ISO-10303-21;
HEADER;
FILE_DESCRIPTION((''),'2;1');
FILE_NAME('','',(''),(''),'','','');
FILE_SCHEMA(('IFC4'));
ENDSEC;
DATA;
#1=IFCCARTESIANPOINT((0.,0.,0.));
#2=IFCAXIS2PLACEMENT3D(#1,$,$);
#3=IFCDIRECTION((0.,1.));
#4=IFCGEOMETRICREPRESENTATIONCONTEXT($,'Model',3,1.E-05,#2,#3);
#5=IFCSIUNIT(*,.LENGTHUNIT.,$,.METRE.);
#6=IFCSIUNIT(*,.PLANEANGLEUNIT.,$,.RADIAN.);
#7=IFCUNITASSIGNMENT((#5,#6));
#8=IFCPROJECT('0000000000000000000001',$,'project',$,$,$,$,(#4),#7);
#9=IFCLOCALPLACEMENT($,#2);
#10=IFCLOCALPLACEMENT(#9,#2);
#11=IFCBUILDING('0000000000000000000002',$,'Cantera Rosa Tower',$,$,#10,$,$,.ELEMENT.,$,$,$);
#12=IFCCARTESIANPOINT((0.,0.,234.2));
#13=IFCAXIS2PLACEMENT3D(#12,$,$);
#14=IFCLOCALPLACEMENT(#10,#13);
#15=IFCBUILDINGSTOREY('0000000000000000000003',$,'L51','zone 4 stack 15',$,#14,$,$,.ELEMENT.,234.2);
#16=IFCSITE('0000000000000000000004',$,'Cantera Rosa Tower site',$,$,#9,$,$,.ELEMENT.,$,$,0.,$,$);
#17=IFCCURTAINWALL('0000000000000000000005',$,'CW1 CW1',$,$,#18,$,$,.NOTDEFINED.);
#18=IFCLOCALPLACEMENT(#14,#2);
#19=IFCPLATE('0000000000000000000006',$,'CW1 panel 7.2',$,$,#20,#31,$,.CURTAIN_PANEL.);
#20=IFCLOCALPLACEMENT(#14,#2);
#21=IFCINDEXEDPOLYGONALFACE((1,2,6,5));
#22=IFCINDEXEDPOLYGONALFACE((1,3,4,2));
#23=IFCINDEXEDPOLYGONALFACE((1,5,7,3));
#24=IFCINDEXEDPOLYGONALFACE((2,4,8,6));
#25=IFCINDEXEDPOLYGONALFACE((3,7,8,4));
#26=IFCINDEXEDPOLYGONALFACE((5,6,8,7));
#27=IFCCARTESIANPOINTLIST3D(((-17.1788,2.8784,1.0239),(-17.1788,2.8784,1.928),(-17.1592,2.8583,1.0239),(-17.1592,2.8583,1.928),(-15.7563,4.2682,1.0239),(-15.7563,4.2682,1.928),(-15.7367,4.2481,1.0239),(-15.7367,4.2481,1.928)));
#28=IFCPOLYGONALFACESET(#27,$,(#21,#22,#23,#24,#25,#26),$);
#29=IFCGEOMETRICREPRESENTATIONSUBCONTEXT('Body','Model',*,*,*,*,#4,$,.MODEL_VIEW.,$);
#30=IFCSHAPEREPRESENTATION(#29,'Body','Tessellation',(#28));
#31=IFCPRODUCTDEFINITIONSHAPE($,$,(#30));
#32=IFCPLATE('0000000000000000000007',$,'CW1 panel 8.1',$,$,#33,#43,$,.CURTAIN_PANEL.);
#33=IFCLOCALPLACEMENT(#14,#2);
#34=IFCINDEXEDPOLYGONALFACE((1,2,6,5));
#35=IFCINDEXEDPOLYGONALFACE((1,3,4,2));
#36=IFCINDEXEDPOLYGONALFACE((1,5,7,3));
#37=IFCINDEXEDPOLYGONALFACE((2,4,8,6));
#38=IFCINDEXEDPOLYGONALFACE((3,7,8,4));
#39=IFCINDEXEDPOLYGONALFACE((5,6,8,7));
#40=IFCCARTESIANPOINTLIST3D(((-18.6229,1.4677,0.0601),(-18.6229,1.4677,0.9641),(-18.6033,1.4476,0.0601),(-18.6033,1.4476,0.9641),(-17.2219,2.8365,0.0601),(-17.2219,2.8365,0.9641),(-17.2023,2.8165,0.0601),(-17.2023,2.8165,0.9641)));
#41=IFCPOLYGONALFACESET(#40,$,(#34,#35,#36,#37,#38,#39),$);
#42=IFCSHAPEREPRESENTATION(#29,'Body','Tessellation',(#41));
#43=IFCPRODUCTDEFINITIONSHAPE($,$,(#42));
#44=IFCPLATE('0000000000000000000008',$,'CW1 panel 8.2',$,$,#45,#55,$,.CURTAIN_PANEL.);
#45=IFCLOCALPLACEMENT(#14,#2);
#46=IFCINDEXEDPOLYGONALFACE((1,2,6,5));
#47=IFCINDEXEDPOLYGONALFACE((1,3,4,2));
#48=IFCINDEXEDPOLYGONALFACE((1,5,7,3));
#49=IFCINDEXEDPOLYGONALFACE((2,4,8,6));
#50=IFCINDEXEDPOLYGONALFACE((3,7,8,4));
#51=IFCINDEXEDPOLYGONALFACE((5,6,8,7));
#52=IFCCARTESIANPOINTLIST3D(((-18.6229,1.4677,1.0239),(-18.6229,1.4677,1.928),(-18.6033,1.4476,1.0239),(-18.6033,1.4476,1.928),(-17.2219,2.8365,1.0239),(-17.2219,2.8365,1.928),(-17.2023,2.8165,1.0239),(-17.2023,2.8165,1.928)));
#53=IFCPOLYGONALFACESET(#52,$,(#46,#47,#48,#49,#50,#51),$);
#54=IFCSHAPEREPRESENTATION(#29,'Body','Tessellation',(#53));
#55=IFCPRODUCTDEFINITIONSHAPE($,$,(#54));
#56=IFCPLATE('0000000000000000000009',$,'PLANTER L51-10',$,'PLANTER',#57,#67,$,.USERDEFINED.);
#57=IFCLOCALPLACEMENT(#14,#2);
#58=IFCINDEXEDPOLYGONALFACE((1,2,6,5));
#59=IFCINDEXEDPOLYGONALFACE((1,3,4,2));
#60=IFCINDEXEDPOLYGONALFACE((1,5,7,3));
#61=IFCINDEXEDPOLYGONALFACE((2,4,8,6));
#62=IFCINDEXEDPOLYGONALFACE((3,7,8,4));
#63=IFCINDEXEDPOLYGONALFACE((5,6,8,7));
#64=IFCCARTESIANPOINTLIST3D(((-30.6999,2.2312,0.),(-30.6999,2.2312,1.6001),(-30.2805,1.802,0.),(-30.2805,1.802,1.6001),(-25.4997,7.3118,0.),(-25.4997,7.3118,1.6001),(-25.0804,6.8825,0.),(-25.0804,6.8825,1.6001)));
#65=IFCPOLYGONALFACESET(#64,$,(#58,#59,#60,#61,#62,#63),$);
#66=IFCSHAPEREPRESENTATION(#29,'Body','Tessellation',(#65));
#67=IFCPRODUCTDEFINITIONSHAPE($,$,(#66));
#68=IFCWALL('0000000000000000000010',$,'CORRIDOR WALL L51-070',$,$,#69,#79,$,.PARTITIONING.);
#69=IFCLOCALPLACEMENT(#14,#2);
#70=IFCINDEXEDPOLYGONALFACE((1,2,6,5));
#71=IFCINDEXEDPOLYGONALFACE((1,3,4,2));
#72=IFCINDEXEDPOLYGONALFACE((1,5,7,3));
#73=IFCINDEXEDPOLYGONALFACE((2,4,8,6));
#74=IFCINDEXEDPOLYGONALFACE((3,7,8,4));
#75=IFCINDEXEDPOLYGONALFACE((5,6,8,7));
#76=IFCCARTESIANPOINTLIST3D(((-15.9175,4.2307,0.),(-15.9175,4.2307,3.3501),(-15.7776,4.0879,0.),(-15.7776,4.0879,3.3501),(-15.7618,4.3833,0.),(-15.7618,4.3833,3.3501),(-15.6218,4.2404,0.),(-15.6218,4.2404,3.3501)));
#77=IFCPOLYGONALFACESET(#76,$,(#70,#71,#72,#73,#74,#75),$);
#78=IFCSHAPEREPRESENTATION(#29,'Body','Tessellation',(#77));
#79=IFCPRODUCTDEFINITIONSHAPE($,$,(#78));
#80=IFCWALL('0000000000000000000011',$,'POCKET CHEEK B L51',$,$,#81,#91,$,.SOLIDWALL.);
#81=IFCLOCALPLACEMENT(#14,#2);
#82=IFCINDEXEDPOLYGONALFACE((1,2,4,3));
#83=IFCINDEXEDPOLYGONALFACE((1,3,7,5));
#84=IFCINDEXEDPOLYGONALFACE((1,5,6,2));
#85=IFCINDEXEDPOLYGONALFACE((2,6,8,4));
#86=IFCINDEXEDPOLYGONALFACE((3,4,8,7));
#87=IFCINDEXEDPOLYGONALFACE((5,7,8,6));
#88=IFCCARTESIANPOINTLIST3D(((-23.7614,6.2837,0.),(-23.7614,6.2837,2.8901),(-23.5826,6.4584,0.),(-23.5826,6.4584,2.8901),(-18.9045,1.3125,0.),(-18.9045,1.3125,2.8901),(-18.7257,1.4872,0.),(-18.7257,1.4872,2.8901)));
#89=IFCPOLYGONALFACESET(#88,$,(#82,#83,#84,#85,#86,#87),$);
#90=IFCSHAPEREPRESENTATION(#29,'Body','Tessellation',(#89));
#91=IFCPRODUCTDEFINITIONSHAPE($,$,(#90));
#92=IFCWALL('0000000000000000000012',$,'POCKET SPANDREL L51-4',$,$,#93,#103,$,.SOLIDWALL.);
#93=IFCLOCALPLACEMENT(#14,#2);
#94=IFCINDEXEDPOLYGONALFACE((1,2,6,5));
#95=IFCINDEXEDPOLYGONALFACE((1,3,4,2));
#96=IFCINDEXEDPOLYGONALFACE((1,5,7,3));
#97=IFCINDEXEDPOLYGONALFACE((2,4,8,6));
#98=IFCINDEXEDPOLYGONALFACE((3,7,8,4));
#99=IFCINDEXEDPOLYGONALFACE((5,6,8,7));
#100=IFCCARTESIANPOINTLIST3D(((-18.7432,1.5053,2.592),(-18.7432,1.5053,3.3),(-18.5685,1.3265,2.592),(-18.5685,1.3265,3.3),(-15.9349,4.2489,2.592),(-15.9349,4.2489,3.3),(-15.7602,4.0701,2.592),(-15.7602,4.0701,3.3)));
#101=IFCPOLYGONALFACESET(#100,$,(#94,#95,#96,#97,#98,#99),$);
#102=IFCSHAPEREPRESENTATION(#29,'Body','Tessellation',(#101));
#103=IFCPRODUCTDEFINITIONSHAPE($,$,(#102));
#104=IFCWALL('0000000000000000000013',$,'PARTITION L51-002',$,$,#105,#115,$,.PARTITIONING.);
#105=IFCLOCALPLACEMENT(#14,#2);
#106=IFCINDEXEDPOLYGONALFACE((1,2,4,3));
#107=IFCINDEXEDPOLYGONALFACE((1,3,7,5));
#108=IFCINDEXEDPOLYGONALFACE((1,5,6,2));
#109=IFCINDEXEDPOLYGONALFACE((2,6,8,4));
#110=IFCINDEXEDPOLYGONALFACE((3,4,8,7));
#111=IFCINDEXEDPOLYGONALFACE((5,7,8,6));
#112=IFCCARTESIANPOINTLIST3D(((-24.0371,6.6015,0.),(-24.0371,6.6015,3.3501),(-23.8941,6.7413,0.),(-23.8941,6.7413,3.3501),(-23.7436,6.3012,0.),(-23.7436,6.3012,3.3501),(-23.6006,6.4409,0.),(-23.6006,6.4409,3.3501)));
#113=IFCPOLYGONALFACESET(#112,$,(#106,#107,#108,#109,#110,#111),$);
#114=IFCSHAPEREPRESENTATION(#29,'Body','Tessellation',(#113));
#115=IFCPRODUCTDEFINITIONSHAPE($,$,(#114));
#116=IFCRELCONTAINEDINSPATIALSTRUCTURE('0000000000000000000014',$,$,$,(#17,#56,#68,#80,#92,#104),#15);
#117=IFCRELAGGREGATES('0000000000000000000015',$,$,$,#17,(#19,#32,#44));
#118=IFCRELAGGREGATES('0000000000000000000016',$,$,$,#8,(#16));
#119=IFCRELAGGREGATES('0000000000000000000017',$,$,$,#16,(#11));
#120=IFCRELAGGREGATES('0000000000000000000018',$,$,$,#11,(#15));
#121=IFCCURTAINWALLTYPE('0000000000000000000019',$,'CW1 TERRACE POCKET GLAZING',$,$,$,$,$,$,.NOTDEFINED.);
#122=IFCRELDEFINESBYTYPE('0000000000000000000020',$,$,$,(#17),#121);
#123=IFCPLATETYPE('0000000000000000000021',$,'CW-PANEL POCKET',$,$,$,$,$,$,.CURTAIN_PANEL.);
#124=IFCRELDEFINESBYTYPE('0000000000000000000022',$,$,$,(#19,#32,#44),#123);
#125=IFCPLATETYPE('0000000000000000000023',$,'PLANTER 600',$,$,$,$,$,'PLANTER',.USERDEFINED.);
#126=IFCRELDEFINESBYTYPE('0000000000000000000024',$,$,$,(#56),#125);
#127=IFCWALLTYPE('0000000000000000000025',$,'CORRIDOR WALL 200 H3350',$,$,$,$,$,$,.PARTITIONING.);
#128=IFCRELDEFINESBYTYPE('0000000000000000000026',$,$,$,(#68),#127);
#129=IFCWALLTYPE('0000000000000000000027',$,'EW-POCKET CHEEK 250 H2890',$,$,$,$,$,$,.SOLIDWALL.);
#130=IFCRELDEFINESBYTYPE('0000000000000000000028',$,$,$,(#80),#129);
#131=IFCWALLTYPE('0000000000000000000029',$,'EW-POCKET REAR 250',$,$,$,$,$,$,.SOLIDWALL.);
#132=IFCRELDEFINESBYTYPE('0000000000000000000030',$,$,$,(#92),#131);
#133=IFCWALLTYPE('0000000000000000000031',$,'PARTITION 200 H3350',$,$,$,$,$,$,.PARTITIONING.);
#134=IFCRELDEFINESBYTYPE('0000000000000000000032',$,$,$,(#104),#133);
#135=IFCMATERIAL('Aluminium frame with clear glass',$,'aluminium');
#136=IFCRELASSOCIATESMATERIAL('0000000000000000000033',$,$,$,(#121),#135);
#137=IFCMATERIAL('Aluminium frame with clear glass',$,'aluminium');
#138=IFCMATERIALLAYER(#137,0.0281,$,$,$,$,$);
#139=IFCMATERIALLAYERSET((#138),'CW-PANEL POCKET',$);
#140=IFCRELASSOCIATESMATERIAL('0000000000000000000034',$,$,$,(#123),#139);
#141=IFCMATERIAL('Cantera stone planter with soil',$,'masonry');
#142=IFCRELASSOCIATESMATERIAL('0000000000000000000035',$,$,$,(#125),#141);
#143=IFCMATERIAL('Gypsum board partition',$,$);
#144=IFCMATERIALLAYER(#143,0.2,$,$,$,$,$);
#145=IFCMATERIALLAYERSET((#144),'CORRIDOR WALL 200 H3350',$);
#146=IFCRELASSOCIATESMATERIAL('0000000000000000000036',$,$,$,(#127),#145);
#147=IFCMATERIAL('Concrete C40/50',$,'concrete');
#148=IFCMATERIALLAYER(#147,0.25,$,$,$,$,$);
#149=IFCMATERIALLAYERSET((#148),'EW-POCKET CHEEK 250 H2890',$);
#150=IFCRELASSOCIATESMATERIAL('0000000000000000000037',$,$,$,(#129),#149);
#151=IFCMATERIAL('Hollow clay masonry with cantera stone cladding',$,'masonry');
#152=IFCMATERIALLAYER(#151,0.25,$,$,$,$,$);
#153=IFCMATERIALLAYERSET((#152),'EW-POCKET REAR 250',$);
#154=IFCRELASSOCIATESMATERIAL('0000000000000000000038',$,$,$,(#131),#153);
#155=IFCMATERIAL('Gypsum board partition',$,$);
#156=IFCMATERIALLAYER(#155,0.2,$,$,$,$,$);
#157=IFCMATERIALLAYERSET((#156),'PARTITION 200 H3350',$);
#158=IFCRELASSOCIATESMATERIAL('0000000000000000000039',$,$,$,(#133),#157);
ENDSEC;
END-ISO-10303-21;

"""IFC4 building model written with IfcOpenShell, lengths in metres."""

from ifc_helpers import new_model, si_unit, direction, frame, frame_2d, origin, origin_2d, place, context, subcontext, project, spatial, rectangle, extrude, material, layer, layer_set, type_object, element, aggregate, save


model = new_model("IFC4")

# Units and contexts
model_context = context("Model", 3, precision=1e-05, world=origin(), true_north=direction((0.0, 1.0)))
body_context = subcontext(model_context, "Body", "Model", "MODEL_VIEW")
ifc_project = project(units=[si_unit("LENGTHUNIT", "METRE"), si_unit("PLANEANGLEUNIT", "RADIAN")], contexts=[model_context])

# Site, building, storey
site_placement = place(None, origin())
site = spatial("IfcSite", under=ifc_project, at=site_placement, Name="Cantera Rosa Tower site", CompositionType="ELEMENT", RefElevation=0.0)
building_placement = place(site_placement, origin())
building = spatial("IfcBuilding", under=site, at=building_placement, Name="Cantera Rosa Tower", CompositionType="ELEMENT")
storey_placement = place(building_placement, frame((0.0, 0.0, 234.2)))
storey = spatial("IfcBuildingStorey", under=building, at=storey_placement, Name="L51", Description="zone 4 stack 15", CompositionType="ELEMENT", Elevation=234.2)

# Curtain wall
ifc_material_1 = material(Name="Aluminium frame with clear glass", Category="aluminium")
curtain_wall_type = type_object("IfcCurtainWallType", Name="CW1 TERRACE POCKET GLAZING", PredefinedType="NOTDEFINED", material=ifc_material_1)
curtain_wall_placement = place(storey_placement, origin())
curtain_wall = element("IfcCurtainWall", 1, at=curtain_wall_placement, inside=storey, type_object=curtain_wall_type, Name="CW1 CW1", PredefinedType="NOTDEFINED")

# Plates
ifc_material_2 = material(Name="Aluminium frame with clear glass", Category="aluminium")
ifc_layer_1 = layer(ifc_material_2, 0.0281)
ifc_layer_set_1 = layer_set([ifc_layer_1], Name="CW-PANEL POCKET")
plate_type_1 = type_object("IfcPlateType", Name="CW-PANEL POCKET", PredefinedType="CURTAIN_PANEL", material=ifc_layer_set_1)
plate_1_placement = place(storey_placement, frame((-16.4578, 3.5632, 1.0239), z_axis=(0.0, 0.0, 1.0), x_axis=(-0.715286, -0.698832, 0.0)))
plate_1 = element("IfcPlate", 2, at=plate_1_placement, type_object=plate_type_1, Name="CW1 panel 7.2", PredefinedType="CURTAIN_PANEL", context=body_context, shape_type="SweptSolid", body=[
    extrude(rectangle(XDim=1.9888, YDim=0.0281, at=origin_2d()), origin(), (0.0, 0.0, 1.0), 0.9041),
])
plate_2_placement = place(storey_placement, frame((-17.9126, 2.1421, 0.0601), z_axis=(0.0, 0.0, 1.0), x_axis=(-0.715286, -0.698832, 0.0)))
plate_2 = element("IfcPlate", 3, at=plate_2_placement, type_object=plate_type_1, Name="CW1 panel 8.1", PredefinedType="CURTAIN_PANEL", context=body_context, shape_type="SweptSolid", body=[
    extrude(rectangle(XDim=1.9587, YDim=0.0281, at=origin_2d()), origin(), (0.0, 0.0, 1.0), 0.9041),
])
plate_3_placement = place(storey_placement, frame((-17.9126, 2.1421, 1.0239), z_axis=(0.0, 0.0, 1.0), x_axis=(-0.715286, -0.698832, 0.0)))
plate_3 = element("IfcPlate", 4, at=plate_3_placement, type_object=plate_type_1, Name="CW1 panel 8.2", PredefinedType="CURTAIN_PANEL", context=body_context, shape_type="SweptSolid", body=[
    extrude(rectangle(XDim=1.9587, YDim=0.0281, at=origin_2d()), origin(), (0.0, 0.0, 1.0), 0.9041),
])
aggregate(curtain_wall, [plate_1, plate_2, plate_3])
ifc_material_3 = material(Name="Cantera stone planter with soil", Category="masonry")
plate_type_2 = type_object("IfcPlateType", Name="PLANTER 600", ElementType="PLANTER", PredefinedType="USERDEFINED", material=ifc_material_3)
plate_4_placement = place(storey_placement, frame((-27.8901, 4.5569, 0.0), z_axis=(0.0, 0.0, 1.0), x_axis=(-0.715286, -0.698832, 0.0)))
element("IfcPlate", 5, at=plate_4_placement, inside=storey, type_object=plate_type_2, Name="PLANTER L51-10", ObjectType="PLANTER", PredefinedType="USERDEFINED", context=body_context, shape_type="SweptSolid", body=[
    extrude(rectangle(XDim=7.27, YDim=0.6001, at=origin_2d()), origin(), (0.0, 0.0, 1.0), 1.6001),
])

# Wall
ifc_material_4 = material(Name="Gypsum board partition")
ifc_layer_2 = layer(ifc_material_4, 0.2)
ifc_layer_set_2 = layer_set([ifc_layer_2], Name="CORRIDOR WALL 200 H3350")
wall_type_1 = type_object("IfcWallType", Name="CORRIDOR WALL 200 H3350", PredefinedType="PARTITIONING", material=ifc_layer_set_2)
wall_1_placement = place(storey_placement, frame((-15.6919, 4.3118, 0.0), z_axis=(0.0, 0.0, 1.0), x_axis=(-0.714347, -0.699791, 0.0)))
element("IfcWall", 6, at=wall_1_placement, inside=storey, type_object=wall_type_1, Name="CORRIDOR WALL L51-070", PredefinedType="PARTITIONING", context=body_context, shape_type="SweptSolid", body=[
    extrude(rectangle(XDim=0.218, YDim=0.2, at=frame_2d((0.1089, 0.0))), origin(), (0.0, 0.0, 1.0), 3.3501),
])

# Walls
ifc_material_5 = material(Name="Concrete C40/50", Category="concrete")
ifc_layer_3 = layer(ifc_material_5, 0.25)
ifc_layer_set_3 = layer_set([ifc_layer_3], Name="EW-POCKET CHEEK 250 H2890")
wall_type_2 = type_object("IfcWallType", Name="EW-POCKET CHEEK 250 H2890", PredefinedType="SOLIDWALL", material=ifc_layer_set_3)
wall_2_placement = place(storey_placement, frame((-23.6721, 6.3711, 0.0), z_axis=(0.0, 0.0, 1.0), x_axis=(0.698839, -0.715279, 0.0)))
element("IfcWall", 7, at=wall_2_placement, inside=storey, type_object=wall_type_2, Name="POCKET CHEEK B L51", PredefinedType="SOLIDWALL", context=body_context, shape_type="SweptSolid", body=[
    extrude(rectangle(XDim=6.95, YDim=0.25, at=frame_2d((3.4751, 0.0))), origin(), (0.0, 0.0, 1.0), 2.8901),
])
ifc_material_6 = material(Name="Hollow clay masonry with cantera stone cladding", Category="masonry")
ifc_layer_4 = layer(ifc_material_6, 0.25)
ifc_layer_set_4 = layer_set([ifc_layer_4], Name="EW-POCKET REAR 250")
wall_type_3 = type_object("IfcWallType", Name="EW-POCKET REAR 250", PredefinedType="SOLIDWALL", material=ifc_layer_set_4)
wall_3_placement = place(storey_placement, frame((-15.8477, 4.1594, 2.592), z_axis=(0.0, 0.0, 1.0), x_axis=(-0.715298, -0.698819, 0.0)))
element("IfcWall", 8, at=wall_3_placement, inside=storey, type_object=wall_type_3, Name="POCKET SPANDREL L51-4", PredefinedType="SOLIDWALL", context=body_context, shape_type="SweptSolid", body=[
    extrude(rectangle(XDim=3.926, YDim=0.25, at=frame_2d((1.9629, 0.0))), origin(), (0.0, 0.0, 1.0), 0.708),
])
ifc_material_7 = material(Name="Gypsum board partition")
ifc_layer_5 = layer(ifc_material_7, 0.2)
ifc_layer_set_5 = layer_set([ifc_layer_5], Name="PARTITION 200 H3350")
wall_type_4 = type_object("IfcWallType", Name="PARTITION 200 H3350", PredefinedType="PARTITIONING", material=ifc_layer_set_5)
wall_4_placement = place(storey_placement, frame((-23.9656, 6.6714, 0.0), z_axis=(0.0, 0.0, 1.0), x_axis=(0.698919, -0.7152, 0.0)))
element("IfcWall", 9, at=wall_4_placement, inside=storey, type_object=wall_type_4, Name="PARTITION L51-002", PredefinedType="PARTITIONING", context=body_context, shape_type="SweptSolid", body=[
    extrude(rectangle(XDim=0.4199, YDim=0.2, at=frame_2d((0.21, 0.0))), origin(), (0.0, 0.0, 1.0), 3.3501),
])

save(model, "model.ifc")
